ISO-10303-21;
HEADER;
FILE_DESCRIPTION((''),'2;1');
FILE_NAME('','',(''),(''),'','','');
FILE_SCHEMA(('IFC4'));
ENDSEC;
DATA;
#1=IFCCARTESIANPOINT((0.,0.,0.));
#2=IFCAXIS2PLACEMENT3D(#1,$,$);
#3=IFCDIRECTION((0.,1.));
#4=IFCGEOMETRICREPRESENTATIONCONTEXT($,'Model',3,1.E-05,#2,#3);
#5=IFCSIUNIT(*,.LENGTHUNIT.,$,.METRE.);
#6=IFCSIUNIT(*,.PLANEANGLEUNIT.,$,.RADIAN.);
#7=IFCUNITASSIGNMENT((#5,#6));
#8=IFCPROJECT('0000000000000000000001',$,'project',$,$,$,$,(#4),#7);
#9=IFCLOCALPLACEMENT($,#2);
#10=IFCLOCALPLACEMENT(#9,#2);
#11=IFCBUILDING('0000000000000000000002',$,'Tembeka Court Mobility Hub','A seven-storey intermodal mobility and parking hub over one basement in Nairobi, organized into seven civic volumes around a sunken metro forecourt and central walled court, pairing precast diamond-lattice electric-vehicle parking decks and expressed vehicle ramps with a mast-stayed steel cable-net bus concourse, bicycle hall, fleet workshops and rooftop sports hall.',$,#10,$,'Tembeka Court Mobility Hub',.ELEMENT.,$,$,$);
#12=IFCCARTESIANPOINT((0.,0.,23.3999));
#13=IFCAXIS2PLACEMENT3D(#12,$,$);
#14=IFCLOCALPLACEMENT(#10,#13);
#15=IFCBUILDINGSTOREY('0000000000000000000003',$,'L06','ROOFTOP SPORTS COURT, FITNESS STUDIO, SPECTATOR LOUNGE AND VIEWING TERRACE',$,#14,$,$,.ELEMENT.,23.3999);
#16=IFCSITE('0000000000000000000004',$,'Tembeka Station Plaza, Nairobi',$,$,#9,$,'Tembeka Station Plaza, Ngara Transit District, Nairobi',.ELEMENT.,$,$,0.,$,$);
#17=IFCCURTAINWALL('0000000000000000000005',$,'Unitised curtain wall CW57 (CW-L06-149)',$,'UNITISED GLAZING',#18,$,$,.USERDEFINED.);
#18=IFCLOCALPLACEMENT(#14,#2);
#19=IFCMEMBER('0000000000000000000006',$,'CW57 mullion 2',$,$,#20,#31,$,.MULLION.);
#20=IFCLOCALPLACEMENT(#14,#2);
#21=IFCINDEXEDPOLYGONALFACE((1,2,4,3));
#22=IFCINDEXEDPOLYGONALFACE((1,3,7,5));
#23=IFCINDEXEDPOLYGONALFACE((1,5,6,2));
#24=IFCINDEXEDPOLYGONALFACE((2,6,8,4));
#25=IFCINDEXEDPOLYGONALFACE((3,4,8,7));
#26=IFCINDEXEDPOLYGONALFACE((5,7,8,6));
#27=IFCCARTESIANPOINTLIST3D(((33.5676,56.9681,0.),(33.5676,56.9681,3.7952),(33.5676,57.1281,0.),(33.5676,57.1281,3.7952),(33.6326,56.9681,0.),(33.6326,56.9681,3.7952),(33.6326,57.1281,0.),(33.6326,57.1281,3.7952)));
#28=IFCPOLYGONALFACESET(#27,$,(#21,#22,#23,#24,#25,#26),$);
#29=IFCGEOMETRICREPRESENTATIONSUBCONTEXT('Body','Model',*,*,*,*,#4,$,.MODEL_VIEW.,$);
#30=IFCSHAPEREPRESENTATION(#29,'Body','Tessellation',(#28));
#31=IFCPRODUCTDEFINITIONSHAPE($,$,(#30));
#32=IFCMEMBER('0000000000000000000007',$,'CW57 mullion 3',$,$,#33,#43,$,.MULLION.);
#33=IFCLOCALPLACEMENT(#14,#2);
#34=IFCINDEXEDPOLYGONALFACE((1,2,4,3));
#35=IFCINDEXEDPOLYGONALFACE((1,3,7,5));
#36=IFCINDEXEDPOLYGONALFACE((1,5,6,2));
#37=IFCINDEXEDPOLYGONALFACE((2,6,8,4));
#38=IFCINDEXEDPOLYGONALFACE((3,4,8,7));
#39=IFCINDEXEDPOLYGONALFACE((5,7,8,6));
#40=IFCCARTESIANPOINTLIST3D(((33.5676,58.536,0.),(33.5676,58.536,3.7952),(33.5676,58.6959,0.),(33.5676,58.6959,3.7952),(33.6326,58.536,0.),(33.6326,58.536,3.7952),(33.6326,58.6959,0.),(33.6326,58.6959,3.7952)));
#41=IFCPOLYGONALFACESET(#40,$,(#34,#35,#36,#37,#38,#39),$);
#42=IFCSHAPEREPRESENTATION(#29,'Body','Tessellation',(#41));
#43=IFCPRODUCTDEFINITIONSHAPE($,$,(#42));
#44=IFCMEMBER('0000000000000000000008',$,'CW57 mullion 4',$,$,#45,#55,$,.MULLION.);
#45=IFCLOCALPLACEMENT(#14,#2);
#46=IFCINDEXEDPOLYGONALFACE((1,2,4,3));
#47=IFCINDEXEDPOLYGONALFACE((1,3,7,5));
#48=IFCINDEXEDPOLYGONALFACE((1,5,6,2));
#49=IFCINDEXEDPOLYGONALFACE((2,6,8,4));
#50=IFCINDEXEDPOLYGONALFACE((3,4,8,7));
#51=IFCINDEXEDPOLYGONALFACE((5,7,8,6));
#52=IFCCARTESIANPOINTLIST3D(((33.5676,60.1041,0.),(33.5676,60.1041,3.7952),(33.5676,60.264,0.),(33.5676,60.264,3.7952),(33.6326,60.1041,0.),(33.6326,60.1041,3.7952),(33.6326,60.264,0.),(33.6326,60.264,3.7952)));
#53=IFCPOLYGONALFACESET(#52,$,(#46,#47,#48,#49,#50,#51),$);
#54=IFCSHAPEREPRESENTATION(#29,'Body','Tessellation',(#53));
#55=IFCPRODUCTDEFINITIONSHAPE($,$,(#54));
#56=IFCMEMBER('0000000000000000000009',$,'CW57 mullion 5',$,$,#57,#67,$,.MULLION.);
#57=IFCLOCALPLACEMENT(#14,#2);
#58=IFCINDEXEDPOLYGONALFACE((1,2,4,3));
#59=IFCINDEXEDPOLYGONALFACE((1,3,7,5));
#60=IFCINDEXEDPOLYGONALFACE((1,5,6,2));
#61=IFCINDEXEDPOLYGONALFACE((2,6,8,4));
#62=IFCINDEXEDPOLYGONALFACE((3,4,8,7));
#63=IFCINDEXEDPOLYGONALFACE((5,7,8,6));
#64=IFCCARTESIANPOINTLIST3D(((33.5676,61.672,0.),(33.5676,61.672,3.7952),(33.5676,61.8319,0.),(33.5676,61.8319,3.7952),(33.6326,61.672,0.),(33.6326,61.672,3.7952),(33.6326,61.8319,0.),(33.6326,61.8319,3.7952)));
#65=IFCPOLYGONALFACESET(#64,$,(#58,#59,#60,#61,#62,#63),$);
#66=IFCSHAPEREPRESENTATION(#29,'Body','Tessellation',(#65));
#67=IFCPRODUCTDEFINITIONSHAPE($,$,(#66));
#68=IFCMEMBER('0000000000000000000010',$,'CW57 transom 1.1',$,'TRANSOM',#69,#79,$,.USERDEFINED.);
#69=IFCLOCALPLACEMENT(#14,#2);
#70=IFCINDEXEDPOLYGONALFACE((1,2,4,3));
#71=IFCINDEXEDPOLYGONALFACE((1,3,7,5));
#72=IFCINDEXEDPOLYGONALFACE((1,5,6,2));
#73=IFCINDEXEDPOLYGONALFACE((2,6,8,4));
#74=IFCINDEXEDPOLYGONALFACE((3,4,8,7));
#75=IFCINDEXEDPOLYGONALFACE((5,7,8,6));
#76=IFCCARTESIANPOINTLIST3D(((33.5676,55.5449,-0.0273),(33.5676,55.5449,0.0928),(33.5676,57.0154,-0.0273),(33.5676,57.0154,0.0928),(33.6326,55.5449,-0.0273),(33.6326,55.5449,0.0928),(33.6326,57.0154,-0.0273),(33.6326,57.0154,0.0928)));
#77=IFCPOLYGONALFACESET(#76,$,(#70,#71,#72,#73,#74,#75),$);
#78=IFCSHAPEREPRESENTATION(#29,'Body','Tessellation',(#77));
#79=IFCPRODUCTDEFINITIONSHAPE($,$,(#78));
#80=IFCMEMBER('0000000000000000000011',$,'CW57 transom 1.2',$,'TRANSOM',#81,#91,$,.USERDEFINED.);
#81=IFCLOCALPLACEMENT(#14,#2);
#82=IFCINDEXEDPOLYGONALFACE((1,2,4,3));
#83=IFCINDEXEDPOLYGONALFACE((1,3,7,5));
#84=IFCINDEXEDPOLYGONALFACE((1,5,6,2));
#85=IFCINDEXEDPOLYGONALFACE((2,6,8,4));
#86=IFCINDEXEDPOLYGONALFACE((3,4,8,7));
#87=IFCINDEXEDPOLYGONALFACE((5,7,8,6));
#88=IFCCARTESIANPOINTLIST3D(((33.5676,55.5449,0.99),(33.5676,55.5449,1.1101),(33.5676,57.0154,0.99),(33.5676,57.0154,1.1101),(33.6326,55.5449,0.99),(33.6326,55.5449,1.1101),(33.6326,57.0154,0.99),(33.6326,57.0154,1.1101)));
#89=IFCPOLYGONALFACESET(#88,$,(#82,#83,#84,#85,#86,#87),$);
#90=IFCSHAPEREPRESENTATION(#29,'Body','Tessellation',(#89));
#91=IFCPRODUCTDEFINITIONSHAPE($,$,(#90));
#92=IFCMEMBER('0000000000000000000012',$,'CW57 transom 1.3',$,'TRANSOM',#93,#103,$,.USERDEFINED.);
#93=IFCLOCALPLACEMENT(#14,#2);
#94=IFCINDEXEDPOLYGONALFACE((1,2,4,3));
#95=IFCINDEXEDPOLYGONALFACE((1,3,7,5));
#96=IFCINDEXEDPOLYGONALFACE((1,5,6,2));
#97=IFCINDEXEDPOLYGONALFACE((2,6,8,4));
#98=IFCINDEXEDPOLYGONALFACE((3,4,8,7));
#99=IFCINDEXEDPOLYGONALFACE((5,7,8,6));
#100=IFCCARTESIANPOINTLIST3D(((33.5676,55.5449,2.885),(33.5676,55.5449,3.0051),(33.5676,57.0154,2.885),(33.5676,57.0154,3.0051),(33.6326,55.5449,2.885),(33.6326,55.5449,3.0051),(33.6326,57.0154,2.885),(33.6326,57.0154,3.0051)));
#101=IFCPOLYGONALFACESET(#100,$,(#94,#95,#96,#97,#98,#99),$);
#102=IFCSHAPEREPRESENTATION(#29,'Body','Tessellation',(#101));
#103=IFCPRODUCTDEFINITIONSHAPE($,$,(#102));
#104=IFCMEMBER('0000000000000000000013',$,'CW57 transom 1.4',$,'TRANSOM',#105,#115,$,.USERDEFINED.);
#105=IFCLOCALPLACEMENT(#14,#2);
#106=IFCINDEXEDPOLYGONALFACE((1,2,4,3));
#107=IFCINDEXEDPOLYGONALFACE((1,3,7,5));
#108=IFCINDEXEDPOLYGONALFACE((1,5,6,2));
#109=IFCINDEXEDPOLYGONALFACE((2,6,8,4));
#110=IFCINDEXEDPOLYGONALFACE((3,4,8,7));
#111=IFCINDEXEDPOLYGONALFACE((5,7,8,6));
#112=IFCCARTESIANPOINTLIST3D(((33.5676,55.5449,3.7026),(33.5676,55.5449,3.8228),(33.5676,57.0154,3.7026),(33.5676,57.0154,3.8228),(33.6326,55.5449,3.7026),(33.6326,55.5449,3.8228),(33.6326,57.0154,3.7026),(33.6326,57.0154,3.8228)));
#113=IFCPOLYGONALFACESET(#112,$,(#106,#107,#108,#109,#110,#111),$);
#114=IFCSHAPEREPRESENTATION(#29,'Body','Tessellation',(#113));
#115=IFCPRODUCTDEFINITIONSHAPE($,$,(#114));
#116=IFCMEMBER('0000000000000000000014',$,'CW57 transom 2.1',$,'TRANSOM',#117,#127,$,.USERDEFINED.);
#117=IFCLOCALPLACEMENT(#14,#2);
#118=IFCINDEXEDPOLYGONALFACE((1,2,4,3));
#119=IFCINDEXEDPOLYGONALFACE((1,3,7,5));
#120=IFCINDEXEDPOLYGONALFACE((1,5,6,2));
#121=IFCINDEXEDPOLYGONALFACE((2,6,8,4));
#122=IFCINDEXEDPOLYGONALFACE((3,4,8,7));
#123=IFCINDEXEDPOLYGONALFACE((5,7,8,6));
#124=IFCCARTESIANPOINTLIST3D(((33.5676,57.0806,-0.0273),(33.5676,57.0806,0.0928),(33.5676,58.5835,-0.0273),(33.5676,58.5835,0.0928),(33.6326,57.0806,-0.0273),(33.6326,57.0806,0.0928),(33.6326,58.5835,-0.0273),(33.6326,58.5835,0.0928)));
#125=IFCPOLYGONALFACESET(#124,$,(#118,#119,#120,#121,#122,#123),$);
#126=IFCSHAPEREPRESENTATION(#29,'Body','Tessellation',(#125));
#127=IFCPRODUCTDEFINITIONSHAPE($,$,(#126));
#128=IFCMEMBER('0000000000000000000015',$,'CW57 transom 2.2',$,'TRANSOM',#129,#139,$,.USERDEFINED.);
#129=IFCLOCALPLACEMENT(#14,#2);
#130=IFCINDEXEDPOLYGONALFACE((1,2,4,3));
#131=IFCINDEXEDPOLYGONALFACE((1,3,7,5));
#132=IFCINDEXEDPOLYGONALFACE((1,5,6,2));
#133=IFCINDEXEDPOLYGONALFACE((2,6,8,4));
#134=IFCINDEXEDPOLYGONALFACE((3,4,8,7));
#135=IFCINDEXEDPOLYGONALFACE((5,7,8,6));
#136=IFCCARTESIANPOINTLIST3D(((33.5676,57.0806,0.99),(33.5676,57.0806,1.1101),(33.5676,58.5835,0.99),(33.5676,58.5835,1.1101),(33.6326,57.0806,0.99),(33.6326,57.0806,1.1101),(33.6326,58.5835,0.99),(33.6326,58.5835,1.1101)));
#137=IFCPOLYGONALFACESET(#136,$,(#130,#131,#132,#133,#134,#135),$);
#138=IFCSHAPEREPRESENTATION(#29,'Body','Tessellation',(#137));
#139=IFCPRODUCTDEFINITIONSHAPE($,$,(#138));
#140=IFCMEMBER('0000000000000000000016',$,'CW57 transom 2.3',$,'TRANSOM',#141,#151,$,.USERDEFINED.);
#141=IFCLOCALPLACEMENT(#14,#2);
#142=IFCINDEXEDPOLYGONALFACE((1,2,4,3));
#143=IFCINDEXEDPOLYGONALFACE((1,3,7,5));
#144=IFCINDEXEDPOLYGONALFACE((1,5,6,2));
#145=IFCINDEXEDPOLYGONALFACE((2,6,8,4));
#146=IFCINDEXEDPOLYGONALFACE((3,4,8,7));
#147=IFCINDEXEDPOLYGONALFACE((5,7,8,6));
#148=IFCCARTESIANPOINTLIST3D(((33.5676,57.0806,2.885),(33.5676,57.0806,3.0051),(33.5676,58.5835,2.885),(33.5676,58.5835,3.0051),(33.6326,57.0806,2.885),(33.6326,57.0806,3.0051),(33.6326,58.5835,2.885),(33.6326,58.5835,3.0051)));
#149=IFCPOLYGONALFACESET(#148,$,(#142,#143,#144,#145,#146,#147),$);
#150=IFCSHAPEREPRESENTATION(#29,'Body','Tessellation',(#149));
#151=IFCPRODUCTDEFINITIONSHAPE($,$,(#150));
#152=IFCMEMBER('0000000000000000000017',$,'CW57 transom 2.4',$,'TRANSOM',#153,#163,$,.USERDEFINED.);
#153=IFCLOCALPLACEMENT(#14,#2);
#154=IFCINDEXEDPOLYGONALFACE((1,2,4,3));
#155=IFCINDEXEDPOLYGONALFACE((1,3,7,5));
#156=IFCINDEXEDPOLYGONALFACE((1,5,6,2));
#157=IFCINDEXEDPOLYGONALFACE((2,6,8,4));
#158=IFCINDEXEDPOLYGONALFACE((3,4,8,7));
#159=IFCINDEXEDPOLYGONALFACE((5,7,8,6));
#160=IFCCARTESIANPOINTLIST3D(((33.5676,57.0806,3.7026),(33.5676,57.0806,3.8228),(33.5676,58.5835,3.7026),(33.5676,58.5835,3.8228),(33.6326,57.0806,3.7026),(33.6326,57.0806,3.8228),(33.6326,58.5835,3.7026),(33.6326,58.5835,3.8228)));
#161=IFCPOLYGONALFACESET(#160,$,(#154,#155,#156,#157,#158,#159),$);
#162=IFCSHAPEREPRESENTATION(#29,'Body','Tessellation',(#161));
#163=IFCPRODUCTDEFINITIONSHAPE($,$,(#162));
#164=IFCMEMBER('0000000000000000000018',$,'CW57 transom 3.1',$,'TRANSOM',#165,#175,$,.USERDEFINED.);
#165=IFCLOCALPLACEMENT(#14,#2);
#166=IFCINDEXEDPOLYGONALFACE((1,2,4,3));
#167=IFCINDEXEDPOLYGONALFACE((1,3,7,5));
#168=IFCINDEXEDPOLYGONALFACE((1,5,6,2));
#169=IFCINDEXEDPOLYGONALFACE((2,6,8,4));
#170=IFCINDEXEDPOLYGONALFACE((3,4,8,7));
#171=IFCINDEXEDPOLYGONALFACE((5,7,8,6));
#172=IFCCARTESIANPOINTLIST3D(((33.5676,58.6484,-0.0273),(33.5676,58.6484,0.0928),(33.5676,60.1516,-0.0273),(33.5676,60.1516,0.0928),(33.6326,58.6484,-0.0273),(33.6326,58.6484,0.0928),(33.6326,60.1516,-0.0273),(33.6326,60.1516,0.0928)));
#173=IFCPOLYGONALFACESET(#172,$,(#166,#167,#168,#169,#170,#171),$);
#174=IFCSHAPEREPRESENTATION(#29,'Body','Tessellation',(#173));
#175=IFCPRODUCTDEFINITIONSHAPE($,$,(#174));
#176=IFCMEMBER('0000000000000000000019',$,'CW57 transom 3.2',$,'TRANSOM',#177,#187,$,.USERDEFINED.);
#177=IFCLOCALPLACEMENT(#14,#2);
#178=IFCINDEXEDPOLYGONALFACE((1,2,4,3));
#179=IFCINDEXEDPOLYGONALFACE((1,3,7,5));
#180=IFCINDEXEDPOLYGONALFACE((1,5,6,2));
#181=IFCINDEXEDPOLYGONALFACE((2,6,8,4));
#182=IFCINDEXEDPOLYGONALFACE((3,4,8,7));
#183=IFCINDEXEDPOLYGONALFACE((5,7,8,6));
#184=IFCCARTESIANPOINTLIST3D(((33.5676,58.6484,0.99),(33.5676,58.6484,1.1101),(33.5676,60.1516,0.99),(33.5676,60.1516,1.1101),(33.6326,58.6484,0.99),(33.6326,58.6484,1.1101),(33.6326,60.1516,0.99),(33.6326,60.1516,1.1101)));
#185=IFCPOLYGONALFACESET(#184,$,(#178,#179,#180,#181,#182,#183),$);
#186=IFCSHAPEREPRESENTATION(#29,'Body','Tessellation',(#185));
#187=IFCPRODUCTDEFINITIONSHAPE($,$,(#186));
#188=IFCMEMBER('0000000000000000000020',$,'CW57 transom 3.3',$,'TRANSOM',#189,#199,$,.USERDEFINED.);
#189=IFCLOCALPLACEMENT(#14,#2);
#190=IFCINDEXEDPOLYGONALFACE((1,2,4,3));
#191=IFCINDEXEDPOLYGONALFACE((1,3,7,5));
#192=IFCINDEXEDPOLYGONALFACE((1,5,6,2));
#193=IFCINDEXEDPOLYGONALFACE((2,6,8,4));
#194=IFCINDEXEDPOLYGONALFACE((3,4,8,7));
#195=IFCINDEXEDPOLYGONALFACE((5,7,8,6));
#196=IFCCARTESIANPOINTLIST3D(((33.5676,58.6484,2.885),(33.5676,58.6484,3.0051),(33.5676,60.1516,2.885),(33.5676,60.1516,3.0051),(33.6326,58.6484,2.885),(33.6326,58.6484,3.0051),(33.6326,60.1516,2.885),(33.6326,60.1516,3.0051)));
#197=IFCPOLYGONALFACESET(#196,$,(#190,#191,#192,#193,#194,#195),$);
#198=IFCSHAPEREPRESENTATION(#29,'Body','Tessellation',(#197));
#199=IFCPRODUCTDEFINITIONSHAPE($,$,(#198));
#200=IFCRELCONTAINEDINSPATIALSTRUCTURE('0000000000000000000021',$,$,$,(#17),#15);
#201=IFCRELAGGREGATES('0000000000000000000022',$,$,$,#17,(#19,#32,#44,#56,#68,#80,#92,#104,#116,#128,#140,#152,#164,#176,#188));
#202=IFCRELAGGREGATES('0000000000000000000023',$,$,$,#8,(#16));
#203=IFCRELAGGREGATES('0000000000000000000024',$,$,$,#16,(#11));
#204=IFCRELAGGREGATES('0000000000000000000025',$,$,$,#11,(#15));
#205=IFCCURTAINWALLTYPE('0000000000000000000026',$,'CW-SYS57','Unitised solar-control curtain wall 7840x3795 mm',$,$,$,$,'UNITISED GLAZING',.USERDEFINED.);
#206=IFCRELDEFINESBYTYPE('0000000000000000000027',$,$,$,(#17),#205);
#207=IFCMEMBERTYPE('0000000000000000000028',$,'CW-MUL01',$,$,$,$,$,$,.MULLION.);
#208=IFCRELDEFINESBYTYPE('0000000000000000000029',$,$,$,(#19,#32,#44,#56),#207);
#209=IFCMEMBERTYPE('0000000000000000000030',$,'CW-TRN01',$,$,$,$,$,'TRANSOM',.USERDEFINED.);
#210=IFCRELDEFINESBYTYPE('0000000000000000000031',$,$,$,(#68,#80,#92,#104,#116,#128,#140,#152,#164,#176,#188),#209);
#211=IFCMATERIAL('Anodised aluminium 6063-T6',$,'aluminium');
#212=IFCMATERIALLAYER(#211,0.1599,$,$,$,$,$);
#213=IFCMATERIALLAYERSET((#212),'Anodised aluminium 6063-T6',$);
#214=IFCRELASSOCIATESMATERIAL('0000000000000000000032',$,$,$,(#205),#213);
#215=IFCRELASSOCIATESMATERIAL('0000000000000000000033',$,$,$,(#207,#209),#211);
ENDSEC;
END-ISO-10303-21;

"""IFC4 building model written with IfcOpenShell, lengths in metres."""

from ifc_helpers import new_model, si_unit, direction, frame, origin, origin_2d, place, context, subcontext, project, spatial, rectangle, extrude, material, layer, layer_set, material_profile, profile_set, type_object, element, aggregate, save


model = new_model("IFC4")

# Units and contexts
model_context = context("Model", 3, precision=1e-05, world=origin(), true_north=direction((0.0, 1.0)))
body_context = subcontext(model_context, "Body", "Model", "MODEL_VIEW")
ifc_project = project(units=[si_unit("LENGTHUNIT", "METRE"), si_unit("PLANEANGLEUNIT", "RADIAN")], contexts=[model_context])

# Site, building, storey
site_placement = place(None, origin())
site = spatial("IfcSite", under=ifc_project, at=site_placement, Name="Tembeka Station Plaza, Nairobi", LongName="Tembeka Station Plaza, Ngara Transit District, Nairobi", CompositionType="ELEMENT", RefElevation=0.0)
building_placement = place(site_placement, origin())
building = spatial("IfcBuilding", under=site, at=building_placement, Name="Tembeka Court Mobility Hub", Description="A seven-storey intermodal mobility and parking hub over one basement in Nairobi, organized into seven civic volumes around a sunken metro forecourt and central walled court, pairing precast diamond-lattice electric-vehicle parking decks and expressed vehicle ramps with a mast-stayed steel cable-net bus concourse, bicycle hall, fleet workshops and rooftop sports hall.", LongName="Tembeka Court Mobility Hub", CompositionType="ELEMENT")
storey_placement = place(building_placement, frame((0.0, 0.0, 23.3999)))
storey = spatial("IfcBuildingStorey", under=building, at=storey_placement, Name="L06", Description="ROOFTOP SPORTS COURT, FITNESS STUDIO, SPECTATOR LOUNGE AND VIEWING TERRACE", CompositionType="ELEMENT", Elevation=23.3999)

# Curtain wall, members
ifc_material_1 = material(Name="Anodised aluminium 6063-T6", Category="aluminium")
ifc_layer_1 = layer(ifc_material_1, 0.1599)
ifc_layer_set_1 = layer_set([ifc_layer_1], Name="Anodised aluminium 6063-T6")
curtain_wall_type = type_object("IfcCurtainWallType", Name="CW-SYS57", Description="Unitised solar-control curtain wall 7840x3795 mm", ElementType="UNITISED GLAZING", PredefinedType="USERDEFINED", material=ifc_layer_set_1)
curtain_wall_placement = place(storey_placement, origin())
curtain_wall = element("IfcCurtainWall", 1, at=curtain_wall_placement, inside=storey, type_object=curtain_wall_type, Name="Unitised curtain wall CW57 (CW-L06-149)", ObjectType="UNITISED GLAZING", PredefinedType="USERDEFINED")
ifc_material_profile_1 = material_profile(ifc_material_1, rectangle(XDim=0.0649, YDim=0.1599, at=origin_2d()), Name="ALU-MUL 65x160")
ifc_profile_set_1 = profile_set([ifc_material_profile_1], Name="Anodised aluminium 6063-T6")
member_type_1 = type_object("IfcMemberType", Name="CW-MUL01", PredefinedType="MULLION", material=ifc_profile_set_1)
member_1_placement = place(storey_placement, frame((33.6001, 57.0481, 0.0), z_axis=(0.0, 0.0, 1.0), x_axis=(-1.0, 0.0, 0.0)))
member_1 = element("IfcMember", 2, at=member_1_placement, type_object=member_type_1, Name="CW57 mullion 2", PredefinedType="MULLION", context=body_context, shape_type="SweptSolid", body=[
    extrude(rectangle(XDim=0.0649, YDim=0.1599, at=origin_2d()), origin(), (0.0, 0.0, 1.0), 3.7952),
])
member_2_placement = place(storey_placement, frame((33.6001, 58.616, 0.0), z_axis=(0.0, 0.0, 1.0), x_axis=(-1.0, 0.0, 0.0)))
member_2 = element("IfcMember", 3, at=member_2_placement, type_object=member_type_1, Name="CW57 mullion 3", PredefinedType="MULLION", context=body_context, shape_type="SweptSolid", body=[
    extrude(rectangle(XDim=0.0649, YDim=0.1599, at=origin_2d()), origin(), (0.0, 0.0, 1.0), 3.7952),
])
member_3_placement = place(storey_placement, frame((33.6001, 60.1841, 0.0), z_axis=(0.0, 0.0, 1.0), x_axis=(-1.0, 0.0, 0.0)))
member_3 = element("IfcMember", 4, at=member_3_placement, type_object=member_type_1, Name="CW57 mullion 4", PredefinedType="MULLION", context=body_context, shape_type="SweptSolid", body=[
    extrude(rectangle(XDim=0.0649, YDim=0.1599, at=origin_2d()), origin(), (0.0, 0.0, 1.0), 3.7952),
])
member_4_placement = place(storey_placement, frame((33.6001, 61.752, 0.0), z_axis=(0.0, 0.0, 1.0), x_axis=(-1.0, 0.0, 0.0)))
member_4 = element("IfcMember", 5, at=member_4_placement, type_object=member_type_1, Name="CW57 mullion 5", PredefinedType="MULLION", context=body_context, shape_type="SweptSolid", body=[
    extrude(rectangle(XDim=0.0649, YDim=0.1599, at=origin_2d()), origin(), (0.0, 0.0, 1.0), 3.7952),
])
ifc_material_profile_2 = material_profile(ifc_material_1, rectangle(XDim=0.0649, YDim=0.1201, at=origin_2d()), Name="ALU-TRN 65x120")
ifc_profile_set_2 = profile_set([ifc_material_profile_2], Name="Anodised aluminium 6063-T6")
member_type_2 = type_object("IfcMemberType", Name="CW-TRN01", ElementType="TRANSOM", PredefinedType="USERDEFINED", material=ifc_profile_set_2)
member_5_placement = place(storey_placement, frame((33.6001, 55.5449, 0.0327), z_axis=(0.0, 1.0, 0.0), x_axis=(-1.0, 0.0, 0.0)))
member_5 = element("IfcMember", 6, at=member_5_placement, type_object=member_type_2, Name="CW57 transom 1.1", ObjectType="TRANSOM", PredefinedType="USERDEFINED", context=body_context, shape_type="SweptSolid", body=[
    extrude(rectangle(XDim=0.0649, YDim=0.1201, at=origin_2d()), origin(), (0.0, 0.0, 1.0), 1.4705),
])
member_6_placement = place(storey_placement, frame((33.6001, 55.5449, 1.05), z_axis=(0.0, 1.0, 0.0), x_axis=(-1.0, 0.0, 0.0)))
member_6 = element("IfcMember", 7, at=member_6_placement, type_object=member_type_2, Name="CW57 transom 1.2", ObjectType="TRANSOM", PredefinedType="USERDEFINED", context=body_context, shape_type="SweptSolid", body=[
    extrude(rectangle(XDim=0.0649, YDim=0.1201, at=origin_2d()), origin(), (0.0, 0.0, 1.0), 1.4705),
])
member_7_placement = place(storey_placement, frame((33.6001, 55.5449, 2.9451), z_axis=(0.0, 1.0, 0.0), x_axis=(-1.0, 0.0, 0.0)))
member_7 = element("IfcMember", 8, at=member_7_placement, type_object=member_type_2, Name="CW57 transom 1.3", ObjectType="TRANSOM", PredefinedType="USERDEFINED", context=body_context, shape_type="SweptSolid", body=[
    extrude(rectangle(XDim=0.0649, YDim=0.1201, at=origin_2d()), origin(), (0.0, 0.0, 1.0), 1.4705),
])
member_8_placement = place(storey_placement, frame((33.6001, 55.5449, 3.7627), z_axis=(0.0, 1.0, 0.0), x_axis=(-1.0, 0.0, 0.0)))
member_8 = element("IfcMember", 9, at=member_8_placement, type_object=member_type_2, Name="CW57 transom 1.4", ObjectType="TRANSOM", PredefinedType="USERDEFINED", context=body_context, shape_type="SweptSolid", body=[
    extrude(rectangle(XDim=0.0649, YDim=0.1201, at=origin_2d()), origin(), (0.0, 0.0, 1.0), 1.4705),
])
member_9_placement = place(storey_placement, frame((33.6001, 57.0806, 0.0327), z_axis=(0.0, 1.0, 0.0), x_axis=(-1.0, 0.0, 0.0)))
member_9 = element("IfcMember", 10, at=member_9_placement, type_object=member_type_2, Name="CW57 transom 2.1", ObjectType="TRANSOM", PredefinedType="USERDEFINED", context=body_context, shape_type="SweptSolid", body=[
    extrude(rectangle(XDim=0.0649, YDim=0.1201, at=origin_2d()), origin(), (0.0, 0.0, 1.0), 1.5029),
])
member_10_placement = place(storey_placement, frame((33.6001, 57.0806, 1.05), z_axis=(0.0, 1.0, 0.0), x_axis=(-1.0, 0.0, 0.0)))
member_10 = element("IfcMember", 11, at=member_10_placement, type_object=member_type_2, Name="CW57 transom 2.2", ObjectType="TRANSOM", PredefinedType="USERDEFINED", context=body_context, shape_type="SweptSolid", body=[
    extrude(rectangle(XDim=0.0649, YDim=0.1201, at=origin_2d()), origin(), (0.0, 0.0, 1.0), 1.5029),
])
member_11_placement = place(storey_placement, frame((33.6001, 57.0806, 2.9451), z_axis=(0.0, 1.0, 0.0), x_axis=(-1.0, 0.0, 0.0)))
member_11 = element("IfcMember", 12, at=member_11_placement, type_object=member_type_2, Name="CW57 transom 2.3", ObjectType="TRANSOM", PredefinedType="USERDEFINED", context=body_context, shape_type="SweptSolid", body=[
    extrude(rectangle(XDim=0.0649, YDim=0.1201, at=origin_2d()), origin(), (0.0, 0.0, 1.0), 1.5029),
])
member_12_placement = place(storey_placement, frame((33.6001, 57.0806, 3.7627), z_axis=(0.0, 1.0, 0.0), x_axis=(-1.0, 0.0, 0.0)))
member_12 = element("IfcMember", 13, at=member_12_placement, type_object=member_type_2, Name="CW57 transom 2.4", ObjectType="TRANSOM", PredefinedType="USERDEFINED", context=body_context, shape_type="SweptSolid", body=[
    extrude(rectangle(XDim=0.0649, YDim=0.1201, at=origin_2d()), origin(), (0.0, 0.0, 1.0), 1.5029),
])
member_13_placement = place(storey_placement, frame((33.6001, 58.6484, 0.0327), z_axis=(0.0, 1.0, 0.0), x_axis=(-1.0, 0.0, 0.0)))
member_13 = element("IfcMember", 14, at=member_13_placement, type_object=member_type_2, Name="CW57 transom 3.1", ObjectType="TRANSOM", PredefinedType="USERDEFINED", context=body_context, shape_type="SweptSolid", body=[
    extrude(rectangle(XDim=0.0649, YDim=0.1201, at=origin_2d()), origin(), (0.0, 0.0, 1.0), 1.5032),
])
member_14_placement = place(storey_placement, frame((33.6001, 58.6484, 1.05), z_axis=(0.0, 1.0, 0.0), x_axis=(-1.0, 0.0, 0.0)))
member_14 = element("IfcMember", 15, at=member_14_placement, type_object=member_type_2, Name="CW57 transom 3.2", ObjectType="TRANSOM", PredefinedType="USERDEFINED", context=body_context, shape_type="SweptSolid", body=[
    extrude(rectangle(XDim=0.0649, YDim=0.1201, at=origin_2d()), origin(), (0.0, 0.0, 1.0), 1.5032),
])
member_15_placement = place(storey_placement, frame((33.6001, 58.6484, 2.9451), z_axis=(0.0, 1.0, 0.0), x_axis=(-1.0, 0.0, 0.0)))
member_15 = element("IfcMember", 16, at=member_15_placement, type_object=member_type_2, Name="CW57 transom 3.3", ObjectType="TRANSOM", PredefinedType="USERDEFINED", context=body_context, shape_type="SweptSolid", body=[
    extrude(rectangle(XDim=0.0649, YDim=0.1201, at=origin_2d()), origin(), (0.0, 0.0, 1.0), 1.5032),
])
aggregate(curtain_wall, [member_1, member_2, member_3, member_4, member_5, member_6, member_7, member_8, member_9, member_10, member_11, member_12, member_13, member_14, member_15])

save(model, "model.ifc")
